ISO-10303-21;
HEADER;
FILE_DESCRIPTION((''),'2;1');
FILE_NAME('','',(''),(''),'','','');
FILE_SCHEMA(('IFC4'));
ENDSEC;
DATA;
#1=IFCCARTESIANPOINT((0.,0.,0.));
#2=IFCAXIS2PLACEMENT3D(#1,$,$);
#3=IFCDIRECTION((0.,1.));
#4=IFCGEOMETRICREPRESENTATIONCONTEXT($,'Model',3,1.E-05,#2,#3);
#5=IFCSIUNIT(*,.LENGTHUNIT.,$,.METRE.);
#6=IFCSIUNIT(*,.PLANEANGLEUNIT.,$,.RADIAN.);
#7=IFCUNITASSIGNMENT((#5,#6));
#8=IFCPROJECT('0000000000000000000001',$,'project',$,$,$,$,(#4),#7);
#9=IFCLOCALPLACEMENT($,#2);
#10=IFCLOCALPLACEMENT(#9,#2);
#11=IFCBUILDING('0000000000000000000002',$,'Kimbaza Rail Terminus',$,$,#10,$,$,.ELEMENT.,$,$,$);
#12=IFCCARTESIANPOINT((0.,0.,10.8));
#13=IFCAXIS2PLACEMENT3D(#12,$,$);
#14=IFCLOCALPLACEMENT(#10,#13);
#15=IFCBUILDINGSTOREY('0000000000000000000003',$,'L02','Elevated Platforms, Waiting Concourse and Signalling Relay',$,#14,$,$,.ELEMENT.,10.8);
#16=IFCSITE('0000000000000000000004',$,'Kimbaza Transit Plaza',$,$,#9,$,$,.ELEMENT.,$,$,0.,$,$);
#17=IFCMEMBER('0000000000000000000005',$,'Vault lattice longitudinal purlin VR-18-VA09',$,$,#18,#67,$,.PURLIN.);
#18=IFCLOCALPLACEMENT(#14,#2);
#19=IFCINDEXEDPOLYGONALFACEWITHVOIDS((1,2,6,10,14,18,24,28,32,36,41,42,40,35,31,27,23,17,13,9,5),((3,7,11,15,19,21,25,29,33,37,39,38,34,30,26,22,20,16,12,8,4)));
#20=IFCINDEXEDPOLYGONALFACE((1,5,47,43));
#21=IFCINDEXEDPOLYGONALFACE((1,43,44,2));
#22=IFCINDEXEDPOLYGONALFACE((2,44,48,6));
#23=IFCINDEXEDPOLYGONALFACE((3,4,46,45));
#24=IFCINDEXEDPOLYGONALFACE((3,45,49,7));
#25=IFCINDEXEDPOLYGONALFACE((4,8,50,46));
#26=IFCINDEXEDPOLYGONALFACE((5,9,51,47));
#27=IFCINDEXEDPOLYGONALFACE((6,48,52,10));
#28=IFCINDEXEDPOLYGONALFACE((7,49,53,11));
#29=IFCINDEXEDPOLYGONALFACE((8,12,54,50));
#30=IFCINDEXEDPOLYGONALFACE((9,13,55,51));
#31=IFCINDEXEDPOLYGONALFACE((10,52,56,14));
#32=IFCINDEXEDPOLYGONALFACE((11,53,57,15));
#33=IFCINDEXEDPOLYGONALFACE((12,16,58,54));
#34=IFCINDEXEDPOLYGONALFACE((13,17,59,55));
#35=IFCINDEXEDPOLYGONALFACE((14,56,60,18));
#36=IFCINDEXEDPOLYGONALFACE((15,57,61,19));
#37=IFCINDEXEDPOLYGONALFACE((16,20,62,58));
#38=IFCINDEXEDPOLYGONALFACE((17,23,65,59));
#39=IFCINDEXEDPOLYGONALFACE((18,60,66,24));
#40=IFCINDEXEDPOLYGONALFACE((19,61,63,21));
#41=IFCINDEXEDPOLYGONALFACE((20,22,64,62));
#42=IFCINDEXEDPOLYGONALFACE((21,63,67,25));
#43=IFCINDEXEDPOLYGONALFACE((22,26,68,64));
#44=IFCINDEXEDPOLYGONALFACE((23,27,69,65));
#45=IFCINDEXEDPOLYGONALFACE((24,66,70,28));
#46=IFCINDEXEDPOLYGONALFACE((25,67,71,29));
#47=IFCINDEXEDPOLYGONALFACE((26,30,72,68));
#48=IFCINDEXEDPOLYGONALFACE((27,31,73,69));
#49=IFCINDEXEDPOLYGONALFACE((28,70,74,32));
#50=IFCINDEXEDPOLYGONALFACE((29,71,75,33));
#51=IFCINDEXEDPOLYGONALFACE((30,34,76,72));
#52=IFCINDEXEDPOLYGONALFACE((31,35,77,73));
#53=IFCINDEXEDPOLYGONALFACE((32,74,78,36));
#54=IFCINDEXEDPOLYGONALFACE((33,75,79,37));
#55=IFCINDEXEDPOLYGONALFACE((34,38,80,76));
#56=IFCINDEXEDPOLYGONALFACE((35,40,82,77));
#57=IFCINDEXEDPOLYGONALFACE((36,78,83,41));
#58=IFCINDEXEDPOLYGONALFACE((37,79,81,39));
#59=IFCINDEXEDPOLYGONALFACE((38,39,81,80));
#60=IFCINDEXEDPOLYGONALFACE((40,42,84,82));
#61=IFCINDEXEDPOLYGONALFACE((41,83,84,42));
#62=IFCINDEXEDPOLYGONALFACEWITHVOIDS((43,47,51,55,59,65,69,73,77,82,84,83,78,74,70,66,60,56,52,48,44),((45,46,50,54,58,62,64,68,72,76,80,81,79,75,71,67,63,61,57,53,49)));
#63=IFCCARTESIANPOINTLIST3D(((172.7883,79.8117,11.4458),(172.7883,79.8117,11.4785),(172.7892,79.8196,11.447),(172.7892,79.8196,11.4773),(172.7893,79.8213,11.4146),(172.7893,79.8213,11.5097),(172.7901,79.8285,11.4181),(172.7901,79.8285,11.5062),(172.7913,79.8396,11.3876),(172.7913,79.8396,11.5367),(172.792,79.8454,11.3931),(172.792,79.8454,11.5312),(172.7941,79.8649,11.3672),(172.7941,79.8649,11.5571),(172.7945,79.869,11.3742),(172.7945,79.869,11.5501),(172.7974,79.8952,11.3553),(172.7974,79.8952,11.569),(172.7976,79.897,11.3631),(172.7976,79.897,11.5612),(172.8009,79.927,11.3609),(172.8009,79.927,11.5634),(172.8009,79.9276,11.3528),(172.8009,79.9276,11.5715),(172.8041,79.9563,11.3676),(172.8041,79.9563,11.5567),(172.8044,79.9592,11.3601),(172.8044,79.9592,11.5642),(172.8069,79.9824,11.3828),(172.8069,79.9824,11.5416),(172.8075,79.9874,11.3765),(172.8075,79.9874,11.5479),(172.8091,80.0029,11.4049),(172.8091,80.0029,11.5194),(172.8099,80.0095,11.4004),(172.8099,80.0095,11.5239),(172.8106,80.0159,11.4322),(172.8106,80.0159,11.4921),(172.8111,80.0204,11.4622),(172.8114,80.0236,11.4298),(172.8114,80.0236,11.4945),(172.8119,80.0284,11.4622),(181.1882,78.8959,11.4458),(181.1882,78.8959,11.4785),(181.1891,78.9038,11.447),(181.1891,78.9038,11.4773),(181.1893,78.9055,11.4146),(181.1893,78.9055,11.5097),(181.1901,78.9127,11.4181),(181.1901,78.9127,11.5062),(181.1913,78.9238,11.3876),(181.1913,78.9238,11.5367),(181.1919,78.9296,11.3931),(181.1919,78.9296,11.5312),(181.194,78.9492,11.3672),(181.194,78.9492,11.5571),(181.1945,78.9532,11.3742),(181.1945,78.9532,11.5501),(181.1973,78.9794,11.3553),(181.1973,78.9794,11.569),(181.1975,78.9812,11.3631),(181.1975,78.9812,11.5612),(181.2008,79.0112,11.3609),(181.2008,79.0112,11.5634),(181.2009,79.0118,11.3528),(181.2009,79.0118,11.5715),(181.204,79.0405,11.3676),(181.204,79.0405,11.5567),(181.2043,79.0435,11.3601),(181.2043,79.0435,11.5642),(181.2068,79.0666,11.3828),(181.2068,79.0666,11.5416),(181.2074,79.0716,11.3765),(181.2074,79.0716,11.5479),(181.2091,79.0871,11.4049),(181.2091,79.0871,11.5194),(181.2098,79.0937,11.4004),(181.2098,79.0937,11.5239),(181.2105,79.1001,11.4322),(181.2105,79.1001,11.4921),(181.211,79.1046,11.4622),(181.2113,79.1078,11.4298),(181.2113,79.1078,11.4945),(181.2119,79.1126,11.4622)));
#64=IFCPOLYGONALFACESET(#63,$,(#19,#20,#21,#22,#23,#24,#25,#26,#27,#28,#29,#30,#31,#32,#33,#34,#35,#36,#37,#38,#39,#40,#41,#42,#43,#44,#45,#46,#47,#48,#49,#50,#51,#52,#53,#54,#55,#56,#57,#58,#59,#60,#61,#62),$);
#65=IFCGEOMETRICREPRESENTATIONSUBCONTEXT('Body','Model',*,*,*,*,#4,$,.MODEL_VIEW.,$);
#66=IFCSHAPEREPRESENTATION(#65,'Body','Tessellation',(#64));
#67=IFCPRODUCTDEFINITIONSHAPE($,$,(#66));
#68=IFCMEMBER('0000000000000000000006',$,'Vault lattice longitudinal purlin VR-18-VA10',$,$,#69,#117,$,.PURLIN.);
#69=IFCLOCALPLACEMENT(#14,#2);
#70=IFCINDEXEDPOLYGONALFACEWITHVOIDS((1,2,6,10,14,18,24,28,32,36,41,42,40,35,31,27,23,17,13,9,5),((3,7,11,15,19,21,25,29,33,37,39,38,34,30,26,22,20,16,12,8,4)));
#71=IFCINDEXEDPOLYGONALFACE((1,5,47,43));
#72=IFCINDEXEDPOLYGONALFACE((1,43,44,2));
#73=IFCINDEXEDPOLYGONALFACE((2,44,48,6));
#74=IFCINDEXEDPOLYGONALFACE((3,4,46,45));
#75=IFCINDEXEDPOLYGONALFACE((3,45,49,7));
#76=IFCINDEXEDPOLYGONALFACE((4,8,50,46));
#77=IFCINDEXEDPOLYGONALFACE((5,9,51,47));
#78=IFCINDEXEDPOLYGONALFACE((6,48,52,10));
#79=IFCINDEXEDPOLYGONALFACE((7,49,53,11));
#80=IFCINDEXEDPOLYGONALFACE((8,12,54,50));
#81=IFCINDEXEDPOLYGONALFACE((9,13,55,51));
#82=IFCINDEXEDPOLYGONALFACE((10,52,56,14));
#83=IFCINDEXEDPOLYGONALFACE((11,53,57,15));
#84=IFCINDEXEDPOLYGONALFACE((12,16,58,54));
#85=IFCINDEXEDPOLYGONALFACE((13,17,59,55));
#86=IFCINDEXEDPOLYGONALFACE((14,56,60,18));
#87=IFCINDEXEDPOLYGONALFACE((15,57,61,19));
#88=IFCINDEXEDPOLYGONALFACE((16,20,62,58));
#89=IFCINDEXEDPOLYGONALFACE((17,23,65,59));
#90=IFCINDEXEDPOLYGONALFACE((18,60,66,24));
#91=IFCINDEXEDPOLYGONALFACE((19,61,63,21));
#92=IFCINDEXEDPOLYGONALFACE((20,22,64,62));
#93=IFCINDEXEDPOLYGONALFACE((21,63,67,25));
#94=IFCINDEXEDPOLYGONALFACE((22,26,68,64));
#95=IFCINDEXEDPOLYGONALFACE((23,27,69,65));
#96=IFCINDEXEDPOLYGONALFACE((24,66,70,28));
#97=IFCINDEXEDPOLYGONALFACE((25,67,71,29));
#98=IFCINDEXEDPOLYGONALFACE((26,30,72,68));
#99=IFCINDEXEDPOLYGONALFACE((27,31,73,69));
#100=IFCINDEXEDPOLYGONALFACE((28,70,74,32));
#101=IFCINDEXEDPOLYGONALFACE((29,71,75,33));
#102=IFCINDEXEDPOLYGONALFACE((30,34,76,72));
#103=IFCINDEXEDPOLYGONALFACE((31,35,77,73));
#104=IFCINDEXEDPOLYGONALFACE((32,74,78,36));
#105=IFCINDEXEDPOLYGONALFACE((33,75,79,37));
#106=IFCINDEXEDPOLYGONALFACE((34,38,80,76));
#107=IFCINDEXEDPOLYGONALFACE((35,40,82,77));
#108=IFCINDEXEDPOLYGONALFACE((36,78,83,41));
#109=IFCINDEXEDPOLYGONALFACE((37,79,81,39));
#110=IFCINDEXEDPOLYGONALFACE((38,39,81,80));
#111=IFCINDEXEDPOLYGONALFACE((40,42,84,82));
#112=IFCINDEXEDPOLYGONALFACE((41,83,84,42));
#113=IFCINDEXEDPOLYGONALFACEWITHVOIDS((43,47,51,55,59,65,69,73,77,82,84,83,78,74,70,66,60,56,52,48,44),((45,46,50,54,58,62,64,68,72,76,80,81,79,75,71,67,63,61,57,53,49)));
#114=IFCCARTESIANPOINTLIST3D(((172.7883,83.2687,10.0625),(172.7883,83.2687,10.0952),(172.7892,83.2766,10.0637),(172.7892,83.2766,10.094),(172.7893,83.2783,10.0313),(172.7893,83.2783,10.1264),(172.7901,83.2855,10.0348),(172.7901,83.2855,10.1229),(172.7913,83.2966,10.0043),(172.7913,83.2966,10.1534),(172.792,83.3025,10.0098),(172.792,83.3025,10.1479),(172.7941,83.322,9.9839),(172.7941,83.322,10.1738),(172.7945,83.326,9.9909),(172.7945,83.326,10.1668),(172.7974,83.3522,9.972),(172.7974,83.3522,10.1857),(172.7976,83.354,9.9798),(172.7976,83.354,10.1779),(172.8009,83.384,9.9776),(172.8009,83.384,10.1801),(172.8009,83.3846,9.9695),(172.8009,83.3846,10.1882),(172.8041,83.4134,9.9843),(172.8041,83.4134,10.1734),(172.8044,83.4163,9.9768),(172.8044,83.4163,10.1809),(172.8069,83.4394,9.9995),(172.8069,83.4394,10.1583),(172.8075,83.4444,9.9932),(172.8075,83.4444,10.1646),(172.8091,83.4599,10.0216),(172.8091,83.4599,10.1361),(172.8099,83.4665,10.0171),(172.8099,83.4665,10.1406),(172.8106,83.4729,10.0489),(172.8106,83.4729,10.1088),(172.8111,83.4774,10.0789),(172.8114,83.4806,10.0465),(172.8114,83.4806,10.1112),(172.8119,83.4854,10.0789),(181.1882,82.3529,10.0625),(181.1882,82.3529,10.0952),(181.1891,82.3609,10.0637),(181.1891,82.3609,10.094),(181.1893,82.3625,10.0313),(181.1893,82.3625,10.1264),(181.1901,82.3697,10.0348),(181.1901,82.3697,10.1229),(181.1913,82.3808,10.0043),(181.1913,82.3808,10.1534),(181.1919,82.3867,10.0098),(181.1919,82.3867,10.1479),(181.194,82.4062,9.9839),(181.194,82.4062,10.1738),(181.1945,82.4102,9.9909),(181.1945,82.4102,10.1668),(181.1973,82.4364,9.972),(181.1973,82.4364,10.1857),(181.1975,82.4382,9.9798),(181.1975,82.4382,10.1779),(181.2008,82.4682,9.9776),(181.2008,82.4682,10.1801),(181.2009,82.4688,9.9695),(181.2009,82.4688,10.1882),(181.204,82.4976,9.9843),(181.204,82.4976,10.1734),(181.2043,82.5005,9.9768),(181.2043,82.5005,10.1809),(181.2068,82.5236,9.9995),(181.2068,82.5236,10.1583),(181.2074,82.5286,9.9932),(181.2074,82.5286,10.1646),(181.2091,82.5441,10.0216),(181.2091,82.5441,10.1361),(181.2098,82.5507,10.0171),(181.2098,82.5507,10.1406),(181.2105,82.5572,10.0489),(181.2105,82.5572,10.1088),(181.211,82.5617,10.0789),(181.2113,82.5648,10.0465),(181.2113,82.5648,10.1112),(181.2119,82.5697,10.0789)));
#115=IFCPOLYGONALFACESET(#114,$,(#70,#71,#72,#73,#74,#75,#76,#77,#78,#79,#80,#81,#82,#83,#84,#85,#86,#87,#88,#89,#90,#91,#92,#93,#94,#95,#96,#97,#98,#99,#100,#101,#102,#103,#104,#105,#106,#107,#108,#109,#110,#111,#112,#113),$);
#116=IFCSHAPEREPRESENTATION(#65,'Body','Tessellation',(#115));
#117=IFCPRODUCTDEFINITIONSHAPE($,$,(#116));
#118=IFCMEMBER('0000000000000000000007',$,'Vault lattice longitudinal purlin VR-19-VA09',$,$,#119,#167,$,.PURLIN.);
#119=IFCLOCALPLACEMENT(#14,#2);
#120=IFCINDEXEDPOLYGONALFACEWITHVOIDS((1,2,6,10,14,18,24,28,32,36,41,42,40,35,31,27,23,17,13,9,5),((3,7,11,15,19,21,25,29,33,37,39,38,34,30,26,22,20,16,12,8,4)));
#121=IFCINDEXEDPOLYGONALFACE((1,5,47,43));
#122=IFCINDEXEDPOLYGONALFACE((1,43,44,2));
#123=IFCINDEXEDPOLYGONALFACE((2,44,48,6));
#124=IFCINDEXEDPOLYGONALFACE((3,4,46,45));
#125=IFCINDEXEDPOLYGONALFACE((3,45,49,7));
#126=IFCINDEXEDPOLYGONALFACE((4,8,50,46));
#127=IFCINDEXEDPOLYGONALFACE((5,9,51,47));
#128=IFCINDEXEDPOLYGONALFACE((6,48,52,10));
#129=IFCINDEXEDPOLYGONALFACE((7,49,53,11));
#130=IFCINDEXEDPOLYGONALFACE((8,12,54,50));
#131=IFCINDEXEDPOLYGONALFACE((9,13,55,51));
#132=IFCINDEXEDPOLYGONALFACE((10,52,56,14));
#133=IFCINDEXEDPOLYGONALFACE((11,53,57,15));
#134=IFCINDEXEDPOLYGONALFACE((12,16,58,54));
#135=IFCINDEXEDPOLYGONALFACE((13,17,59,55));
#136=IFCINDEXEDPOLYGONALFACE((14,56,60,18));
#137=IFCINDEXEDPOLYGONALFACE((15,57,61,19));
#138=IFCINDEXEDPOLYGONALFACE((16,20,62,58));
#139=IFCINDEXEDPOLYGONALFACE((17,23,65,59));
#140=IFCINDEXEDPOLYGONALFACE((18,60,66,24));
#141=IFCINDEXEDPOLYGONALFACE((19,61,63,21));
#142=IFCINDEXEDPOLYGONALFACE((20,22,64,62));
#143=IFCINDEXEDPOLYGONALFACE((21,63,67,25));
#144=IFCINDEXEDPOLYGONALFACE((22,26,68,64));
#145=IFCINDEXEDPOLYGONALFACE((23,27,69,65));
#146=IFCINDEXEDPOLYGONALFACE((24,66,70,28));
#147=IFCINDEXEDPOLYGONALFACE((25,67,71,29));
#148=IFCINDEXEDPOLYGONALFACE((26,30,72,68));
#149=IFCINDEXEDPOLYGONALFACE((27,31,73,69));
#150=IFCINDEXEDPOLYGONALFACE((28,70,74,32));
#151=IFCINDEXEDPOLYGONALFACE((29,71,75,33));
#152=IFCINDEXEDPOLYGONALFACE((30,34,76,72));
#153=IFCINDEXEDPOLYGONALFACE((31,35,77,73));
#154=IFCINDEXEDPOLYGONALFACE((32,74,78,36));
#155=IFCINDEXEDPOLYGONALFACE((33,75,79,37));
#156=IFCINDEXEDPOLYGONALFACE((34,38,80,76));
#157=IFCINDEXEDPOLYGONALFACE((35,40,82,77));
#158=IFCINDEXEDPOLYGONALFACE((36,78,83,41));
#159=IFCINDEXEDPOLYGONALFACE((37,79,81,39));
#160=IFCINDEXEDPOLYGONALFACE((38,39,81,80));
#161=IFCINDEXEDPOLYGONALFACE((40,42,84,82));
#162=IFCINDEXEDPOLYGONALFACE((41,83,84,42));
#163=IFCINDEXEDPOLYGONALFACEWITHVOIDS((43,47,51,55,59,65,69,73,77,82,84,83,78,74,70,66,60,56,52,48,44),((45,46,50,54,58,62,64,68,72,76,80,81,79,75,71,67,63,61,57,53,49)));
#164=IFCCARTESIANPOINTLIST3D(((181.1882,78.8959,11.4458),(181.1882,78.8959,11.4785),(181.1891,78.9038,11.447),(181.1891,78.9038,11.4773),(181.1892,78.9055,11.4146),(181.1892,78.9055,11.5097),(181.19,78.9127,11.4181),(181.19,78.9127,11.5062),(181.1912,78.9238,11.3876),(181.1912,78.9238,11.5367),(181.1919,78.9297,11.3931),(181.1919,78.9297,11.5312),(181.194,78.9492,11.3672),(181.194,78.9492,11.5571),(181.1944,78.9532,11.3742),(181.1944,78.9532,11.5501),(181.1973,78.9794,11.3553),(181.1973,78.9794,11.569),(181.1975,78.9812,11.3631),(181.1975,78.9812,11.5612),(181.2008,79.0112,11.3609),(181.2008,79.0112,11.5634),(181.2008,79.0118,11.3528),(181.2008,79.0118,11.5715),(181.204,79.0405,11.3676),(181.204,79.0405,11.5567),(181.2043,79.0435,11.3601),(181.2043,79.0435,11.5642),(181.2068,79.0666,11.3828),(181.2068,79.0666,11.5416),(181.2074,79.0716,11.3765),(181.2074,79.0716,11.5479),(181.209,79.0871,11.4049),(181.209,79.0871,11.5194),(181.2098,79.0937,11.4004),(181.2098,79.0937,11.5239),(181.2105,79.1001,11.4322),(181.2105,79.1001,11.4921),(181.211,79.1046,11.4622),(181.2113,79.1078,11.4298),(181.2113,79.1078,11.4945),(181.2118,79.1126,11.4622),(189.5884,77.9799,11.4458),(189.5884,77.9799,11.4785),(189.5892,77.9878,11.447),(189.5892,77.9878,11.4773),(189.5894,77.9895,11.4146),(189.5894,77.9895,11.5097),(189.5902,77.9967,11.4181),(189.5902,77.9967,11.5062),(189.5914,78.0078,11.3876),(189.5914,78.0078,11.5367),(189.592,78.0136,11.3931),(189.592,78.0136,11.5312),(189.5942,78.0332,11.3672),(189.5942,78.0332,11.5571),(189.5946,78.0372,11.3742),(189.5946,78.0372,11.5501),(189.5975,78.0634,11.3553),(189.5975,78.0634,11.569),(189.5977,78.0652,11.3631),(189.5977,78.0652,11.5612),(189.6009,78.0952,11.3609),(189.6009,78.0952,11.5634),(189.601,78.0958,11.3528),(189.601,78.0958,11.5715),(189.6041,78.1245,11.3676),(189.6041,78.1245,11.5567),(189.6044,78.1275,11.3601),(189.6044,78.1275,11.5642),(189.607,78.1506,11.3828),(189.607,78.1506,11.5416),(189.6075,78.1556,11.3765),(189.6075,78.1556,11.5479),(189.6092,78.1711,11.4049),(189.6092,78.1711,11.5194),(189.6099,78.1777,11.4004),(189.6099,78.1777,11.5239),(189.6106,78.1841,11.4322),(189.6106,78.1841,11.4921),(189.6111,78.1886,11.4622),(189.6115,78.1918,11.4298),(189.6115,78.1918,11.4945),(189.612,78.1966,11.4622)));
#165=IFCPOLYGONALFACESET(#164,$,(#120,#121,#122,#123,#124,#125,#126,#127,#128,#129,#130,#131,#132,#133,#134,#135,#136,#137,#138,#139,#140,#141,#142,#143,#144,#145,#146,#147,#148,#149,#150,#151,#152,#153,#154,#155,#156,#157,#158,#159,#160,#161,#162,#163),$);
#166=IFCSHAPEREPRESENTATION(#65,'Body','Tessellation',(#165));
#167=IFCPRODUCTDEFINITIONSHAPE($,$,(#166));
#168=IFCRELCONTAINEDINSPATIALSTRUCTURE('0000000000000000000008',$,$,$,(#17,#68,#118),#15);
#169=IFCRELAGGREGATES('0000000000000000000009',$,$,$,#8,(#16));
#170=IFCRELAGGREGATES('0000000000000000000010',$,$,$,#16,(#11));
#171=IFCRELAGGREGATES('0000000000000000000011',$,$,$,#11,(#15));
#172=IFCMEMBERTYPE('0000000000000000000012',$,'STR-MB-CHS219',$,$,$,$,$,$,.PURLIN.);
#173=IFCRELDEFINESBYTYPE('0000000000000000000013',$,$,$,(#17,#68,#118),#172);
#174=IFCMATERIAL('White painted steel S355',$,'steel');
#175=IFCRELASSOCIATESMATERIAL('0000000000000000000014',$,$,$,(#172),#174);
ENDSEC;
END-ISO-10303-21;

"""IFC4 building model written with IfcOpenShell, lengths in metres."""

from ifc_helpers import new_model, si_unit, direction, frame, origin, origin_2d, place, context, subcontext, project, spatial, hollow_circle, extrude, material, material_profile, profile_set, type_object, element, save


model = new_model("IFC4")

# Units and contexts
model_context = context("Model", 3, precision=1e-05, world=origin(), true_north=direction((0.0, 1.0)))
body_context = subcontext(model_context, "Body", "Model", "MODEL_VIEW")
ifc_project = project(units=[si_unit("LENGTHUNIT", "METRE"), si_unit("PLANEANGLEUNIT", "RADIAN")], contexts=[model_context])

# Site, building, storey
site_placement = place(None, origin())
site = spatial("IfcSite", under=ifc_project, at=site_placement, Name="Kimbaza Transit Plaza", CompositionType="ELEMENT", RefElevation=0.0)
building_placement = place(site_placement, origin())
building = spatial("IfcBuilding", under=site, at=building_placement, Name="Kimbaza Rail Terminus", CompositionType="ELEMENT")
storey_placement = place(building_placement, frame((0.0, 0.0, 10.8)))
storey = spatial("IfcBuildingStorey", under=building, at=storey_placement, Name="L02", Description="Elevated Platforms, Waiting Concourse and Signalling Relay", CompositionType="ELEMENT", Elevation=10.8)

# Members
ifc_material_1 = material(Name="White painted steel S355", Category="steel")
ifc_material_profile_1 = material_profile(ifc_material_1, hollow_circle(Radius=0.1096, WallThickness=0.0081, at=origin_2d()), Name="CHS 219.1x8")
ifc_profile_set_1 = profile_set([ifc_material_profile_1], Name="White painted steel S355")
member_type_1 = type_object("IfcMemberType", Name="STR-MB-CHS219", PredefinedType="PURLIN", material=ifc_profile_set_1)
for number, where, z_axis, x_axis, name in (
    (1, (172.8, 79.9194, 11.4622), (0.99411, -0.10838, 0.0), (0.10838, 0.99411, 0.0), "Vault lattice longitudinal purlin VR-18-VA09"),
    (2, (172.8, 83.3765, 10.0789), (0.99411, -0.10838, 0.0), (0.10838, 0.99411, 0.0), "Vault lattice longitudinal purlin VR-18-VA10"),
):
    element("IfcMember", number, at=place(storey_placement, frame(where, z_axis=z_axis, x_axis=x_axis)), inside=storey, type_object=member_type_1, Name=name, PredefinedType="PURLIN", context=body_context, shape_type="SweptSolid", body=[
        extrude(hollow_circle(Radius=0.1096, WallThickness=0.0081, at=origin_2d()), origin(), (0.0, 0.0, 1.0), 8.4497),
    ])
for number, where, z_axis, x_axis, name in (
    (3, (181.2, 79.0037, 11.4622), (0.994107, -0.108405, 0.0), (0.108405, 0.994107, 0.0), "Vault lattice longitudinal purlin VR-19-VA09"),
):
    element("IfcMember", number, at=place(storey_placement, frame(where, z_axis=z_axis, x_axis=x_axis)), inside=storey, type_object=member_type_1, Name=name, PredefinedType="PURLIN", context=body_context, shape_type="SweptSolid", body=[
        extrude(hollow_circle(Radius=0.1096, WallThickness=0.0081, at=origin_2d()), origin(), (0.0, 0.0, 1.0), 8.45),
    ])

save(model, "model.ifc")
